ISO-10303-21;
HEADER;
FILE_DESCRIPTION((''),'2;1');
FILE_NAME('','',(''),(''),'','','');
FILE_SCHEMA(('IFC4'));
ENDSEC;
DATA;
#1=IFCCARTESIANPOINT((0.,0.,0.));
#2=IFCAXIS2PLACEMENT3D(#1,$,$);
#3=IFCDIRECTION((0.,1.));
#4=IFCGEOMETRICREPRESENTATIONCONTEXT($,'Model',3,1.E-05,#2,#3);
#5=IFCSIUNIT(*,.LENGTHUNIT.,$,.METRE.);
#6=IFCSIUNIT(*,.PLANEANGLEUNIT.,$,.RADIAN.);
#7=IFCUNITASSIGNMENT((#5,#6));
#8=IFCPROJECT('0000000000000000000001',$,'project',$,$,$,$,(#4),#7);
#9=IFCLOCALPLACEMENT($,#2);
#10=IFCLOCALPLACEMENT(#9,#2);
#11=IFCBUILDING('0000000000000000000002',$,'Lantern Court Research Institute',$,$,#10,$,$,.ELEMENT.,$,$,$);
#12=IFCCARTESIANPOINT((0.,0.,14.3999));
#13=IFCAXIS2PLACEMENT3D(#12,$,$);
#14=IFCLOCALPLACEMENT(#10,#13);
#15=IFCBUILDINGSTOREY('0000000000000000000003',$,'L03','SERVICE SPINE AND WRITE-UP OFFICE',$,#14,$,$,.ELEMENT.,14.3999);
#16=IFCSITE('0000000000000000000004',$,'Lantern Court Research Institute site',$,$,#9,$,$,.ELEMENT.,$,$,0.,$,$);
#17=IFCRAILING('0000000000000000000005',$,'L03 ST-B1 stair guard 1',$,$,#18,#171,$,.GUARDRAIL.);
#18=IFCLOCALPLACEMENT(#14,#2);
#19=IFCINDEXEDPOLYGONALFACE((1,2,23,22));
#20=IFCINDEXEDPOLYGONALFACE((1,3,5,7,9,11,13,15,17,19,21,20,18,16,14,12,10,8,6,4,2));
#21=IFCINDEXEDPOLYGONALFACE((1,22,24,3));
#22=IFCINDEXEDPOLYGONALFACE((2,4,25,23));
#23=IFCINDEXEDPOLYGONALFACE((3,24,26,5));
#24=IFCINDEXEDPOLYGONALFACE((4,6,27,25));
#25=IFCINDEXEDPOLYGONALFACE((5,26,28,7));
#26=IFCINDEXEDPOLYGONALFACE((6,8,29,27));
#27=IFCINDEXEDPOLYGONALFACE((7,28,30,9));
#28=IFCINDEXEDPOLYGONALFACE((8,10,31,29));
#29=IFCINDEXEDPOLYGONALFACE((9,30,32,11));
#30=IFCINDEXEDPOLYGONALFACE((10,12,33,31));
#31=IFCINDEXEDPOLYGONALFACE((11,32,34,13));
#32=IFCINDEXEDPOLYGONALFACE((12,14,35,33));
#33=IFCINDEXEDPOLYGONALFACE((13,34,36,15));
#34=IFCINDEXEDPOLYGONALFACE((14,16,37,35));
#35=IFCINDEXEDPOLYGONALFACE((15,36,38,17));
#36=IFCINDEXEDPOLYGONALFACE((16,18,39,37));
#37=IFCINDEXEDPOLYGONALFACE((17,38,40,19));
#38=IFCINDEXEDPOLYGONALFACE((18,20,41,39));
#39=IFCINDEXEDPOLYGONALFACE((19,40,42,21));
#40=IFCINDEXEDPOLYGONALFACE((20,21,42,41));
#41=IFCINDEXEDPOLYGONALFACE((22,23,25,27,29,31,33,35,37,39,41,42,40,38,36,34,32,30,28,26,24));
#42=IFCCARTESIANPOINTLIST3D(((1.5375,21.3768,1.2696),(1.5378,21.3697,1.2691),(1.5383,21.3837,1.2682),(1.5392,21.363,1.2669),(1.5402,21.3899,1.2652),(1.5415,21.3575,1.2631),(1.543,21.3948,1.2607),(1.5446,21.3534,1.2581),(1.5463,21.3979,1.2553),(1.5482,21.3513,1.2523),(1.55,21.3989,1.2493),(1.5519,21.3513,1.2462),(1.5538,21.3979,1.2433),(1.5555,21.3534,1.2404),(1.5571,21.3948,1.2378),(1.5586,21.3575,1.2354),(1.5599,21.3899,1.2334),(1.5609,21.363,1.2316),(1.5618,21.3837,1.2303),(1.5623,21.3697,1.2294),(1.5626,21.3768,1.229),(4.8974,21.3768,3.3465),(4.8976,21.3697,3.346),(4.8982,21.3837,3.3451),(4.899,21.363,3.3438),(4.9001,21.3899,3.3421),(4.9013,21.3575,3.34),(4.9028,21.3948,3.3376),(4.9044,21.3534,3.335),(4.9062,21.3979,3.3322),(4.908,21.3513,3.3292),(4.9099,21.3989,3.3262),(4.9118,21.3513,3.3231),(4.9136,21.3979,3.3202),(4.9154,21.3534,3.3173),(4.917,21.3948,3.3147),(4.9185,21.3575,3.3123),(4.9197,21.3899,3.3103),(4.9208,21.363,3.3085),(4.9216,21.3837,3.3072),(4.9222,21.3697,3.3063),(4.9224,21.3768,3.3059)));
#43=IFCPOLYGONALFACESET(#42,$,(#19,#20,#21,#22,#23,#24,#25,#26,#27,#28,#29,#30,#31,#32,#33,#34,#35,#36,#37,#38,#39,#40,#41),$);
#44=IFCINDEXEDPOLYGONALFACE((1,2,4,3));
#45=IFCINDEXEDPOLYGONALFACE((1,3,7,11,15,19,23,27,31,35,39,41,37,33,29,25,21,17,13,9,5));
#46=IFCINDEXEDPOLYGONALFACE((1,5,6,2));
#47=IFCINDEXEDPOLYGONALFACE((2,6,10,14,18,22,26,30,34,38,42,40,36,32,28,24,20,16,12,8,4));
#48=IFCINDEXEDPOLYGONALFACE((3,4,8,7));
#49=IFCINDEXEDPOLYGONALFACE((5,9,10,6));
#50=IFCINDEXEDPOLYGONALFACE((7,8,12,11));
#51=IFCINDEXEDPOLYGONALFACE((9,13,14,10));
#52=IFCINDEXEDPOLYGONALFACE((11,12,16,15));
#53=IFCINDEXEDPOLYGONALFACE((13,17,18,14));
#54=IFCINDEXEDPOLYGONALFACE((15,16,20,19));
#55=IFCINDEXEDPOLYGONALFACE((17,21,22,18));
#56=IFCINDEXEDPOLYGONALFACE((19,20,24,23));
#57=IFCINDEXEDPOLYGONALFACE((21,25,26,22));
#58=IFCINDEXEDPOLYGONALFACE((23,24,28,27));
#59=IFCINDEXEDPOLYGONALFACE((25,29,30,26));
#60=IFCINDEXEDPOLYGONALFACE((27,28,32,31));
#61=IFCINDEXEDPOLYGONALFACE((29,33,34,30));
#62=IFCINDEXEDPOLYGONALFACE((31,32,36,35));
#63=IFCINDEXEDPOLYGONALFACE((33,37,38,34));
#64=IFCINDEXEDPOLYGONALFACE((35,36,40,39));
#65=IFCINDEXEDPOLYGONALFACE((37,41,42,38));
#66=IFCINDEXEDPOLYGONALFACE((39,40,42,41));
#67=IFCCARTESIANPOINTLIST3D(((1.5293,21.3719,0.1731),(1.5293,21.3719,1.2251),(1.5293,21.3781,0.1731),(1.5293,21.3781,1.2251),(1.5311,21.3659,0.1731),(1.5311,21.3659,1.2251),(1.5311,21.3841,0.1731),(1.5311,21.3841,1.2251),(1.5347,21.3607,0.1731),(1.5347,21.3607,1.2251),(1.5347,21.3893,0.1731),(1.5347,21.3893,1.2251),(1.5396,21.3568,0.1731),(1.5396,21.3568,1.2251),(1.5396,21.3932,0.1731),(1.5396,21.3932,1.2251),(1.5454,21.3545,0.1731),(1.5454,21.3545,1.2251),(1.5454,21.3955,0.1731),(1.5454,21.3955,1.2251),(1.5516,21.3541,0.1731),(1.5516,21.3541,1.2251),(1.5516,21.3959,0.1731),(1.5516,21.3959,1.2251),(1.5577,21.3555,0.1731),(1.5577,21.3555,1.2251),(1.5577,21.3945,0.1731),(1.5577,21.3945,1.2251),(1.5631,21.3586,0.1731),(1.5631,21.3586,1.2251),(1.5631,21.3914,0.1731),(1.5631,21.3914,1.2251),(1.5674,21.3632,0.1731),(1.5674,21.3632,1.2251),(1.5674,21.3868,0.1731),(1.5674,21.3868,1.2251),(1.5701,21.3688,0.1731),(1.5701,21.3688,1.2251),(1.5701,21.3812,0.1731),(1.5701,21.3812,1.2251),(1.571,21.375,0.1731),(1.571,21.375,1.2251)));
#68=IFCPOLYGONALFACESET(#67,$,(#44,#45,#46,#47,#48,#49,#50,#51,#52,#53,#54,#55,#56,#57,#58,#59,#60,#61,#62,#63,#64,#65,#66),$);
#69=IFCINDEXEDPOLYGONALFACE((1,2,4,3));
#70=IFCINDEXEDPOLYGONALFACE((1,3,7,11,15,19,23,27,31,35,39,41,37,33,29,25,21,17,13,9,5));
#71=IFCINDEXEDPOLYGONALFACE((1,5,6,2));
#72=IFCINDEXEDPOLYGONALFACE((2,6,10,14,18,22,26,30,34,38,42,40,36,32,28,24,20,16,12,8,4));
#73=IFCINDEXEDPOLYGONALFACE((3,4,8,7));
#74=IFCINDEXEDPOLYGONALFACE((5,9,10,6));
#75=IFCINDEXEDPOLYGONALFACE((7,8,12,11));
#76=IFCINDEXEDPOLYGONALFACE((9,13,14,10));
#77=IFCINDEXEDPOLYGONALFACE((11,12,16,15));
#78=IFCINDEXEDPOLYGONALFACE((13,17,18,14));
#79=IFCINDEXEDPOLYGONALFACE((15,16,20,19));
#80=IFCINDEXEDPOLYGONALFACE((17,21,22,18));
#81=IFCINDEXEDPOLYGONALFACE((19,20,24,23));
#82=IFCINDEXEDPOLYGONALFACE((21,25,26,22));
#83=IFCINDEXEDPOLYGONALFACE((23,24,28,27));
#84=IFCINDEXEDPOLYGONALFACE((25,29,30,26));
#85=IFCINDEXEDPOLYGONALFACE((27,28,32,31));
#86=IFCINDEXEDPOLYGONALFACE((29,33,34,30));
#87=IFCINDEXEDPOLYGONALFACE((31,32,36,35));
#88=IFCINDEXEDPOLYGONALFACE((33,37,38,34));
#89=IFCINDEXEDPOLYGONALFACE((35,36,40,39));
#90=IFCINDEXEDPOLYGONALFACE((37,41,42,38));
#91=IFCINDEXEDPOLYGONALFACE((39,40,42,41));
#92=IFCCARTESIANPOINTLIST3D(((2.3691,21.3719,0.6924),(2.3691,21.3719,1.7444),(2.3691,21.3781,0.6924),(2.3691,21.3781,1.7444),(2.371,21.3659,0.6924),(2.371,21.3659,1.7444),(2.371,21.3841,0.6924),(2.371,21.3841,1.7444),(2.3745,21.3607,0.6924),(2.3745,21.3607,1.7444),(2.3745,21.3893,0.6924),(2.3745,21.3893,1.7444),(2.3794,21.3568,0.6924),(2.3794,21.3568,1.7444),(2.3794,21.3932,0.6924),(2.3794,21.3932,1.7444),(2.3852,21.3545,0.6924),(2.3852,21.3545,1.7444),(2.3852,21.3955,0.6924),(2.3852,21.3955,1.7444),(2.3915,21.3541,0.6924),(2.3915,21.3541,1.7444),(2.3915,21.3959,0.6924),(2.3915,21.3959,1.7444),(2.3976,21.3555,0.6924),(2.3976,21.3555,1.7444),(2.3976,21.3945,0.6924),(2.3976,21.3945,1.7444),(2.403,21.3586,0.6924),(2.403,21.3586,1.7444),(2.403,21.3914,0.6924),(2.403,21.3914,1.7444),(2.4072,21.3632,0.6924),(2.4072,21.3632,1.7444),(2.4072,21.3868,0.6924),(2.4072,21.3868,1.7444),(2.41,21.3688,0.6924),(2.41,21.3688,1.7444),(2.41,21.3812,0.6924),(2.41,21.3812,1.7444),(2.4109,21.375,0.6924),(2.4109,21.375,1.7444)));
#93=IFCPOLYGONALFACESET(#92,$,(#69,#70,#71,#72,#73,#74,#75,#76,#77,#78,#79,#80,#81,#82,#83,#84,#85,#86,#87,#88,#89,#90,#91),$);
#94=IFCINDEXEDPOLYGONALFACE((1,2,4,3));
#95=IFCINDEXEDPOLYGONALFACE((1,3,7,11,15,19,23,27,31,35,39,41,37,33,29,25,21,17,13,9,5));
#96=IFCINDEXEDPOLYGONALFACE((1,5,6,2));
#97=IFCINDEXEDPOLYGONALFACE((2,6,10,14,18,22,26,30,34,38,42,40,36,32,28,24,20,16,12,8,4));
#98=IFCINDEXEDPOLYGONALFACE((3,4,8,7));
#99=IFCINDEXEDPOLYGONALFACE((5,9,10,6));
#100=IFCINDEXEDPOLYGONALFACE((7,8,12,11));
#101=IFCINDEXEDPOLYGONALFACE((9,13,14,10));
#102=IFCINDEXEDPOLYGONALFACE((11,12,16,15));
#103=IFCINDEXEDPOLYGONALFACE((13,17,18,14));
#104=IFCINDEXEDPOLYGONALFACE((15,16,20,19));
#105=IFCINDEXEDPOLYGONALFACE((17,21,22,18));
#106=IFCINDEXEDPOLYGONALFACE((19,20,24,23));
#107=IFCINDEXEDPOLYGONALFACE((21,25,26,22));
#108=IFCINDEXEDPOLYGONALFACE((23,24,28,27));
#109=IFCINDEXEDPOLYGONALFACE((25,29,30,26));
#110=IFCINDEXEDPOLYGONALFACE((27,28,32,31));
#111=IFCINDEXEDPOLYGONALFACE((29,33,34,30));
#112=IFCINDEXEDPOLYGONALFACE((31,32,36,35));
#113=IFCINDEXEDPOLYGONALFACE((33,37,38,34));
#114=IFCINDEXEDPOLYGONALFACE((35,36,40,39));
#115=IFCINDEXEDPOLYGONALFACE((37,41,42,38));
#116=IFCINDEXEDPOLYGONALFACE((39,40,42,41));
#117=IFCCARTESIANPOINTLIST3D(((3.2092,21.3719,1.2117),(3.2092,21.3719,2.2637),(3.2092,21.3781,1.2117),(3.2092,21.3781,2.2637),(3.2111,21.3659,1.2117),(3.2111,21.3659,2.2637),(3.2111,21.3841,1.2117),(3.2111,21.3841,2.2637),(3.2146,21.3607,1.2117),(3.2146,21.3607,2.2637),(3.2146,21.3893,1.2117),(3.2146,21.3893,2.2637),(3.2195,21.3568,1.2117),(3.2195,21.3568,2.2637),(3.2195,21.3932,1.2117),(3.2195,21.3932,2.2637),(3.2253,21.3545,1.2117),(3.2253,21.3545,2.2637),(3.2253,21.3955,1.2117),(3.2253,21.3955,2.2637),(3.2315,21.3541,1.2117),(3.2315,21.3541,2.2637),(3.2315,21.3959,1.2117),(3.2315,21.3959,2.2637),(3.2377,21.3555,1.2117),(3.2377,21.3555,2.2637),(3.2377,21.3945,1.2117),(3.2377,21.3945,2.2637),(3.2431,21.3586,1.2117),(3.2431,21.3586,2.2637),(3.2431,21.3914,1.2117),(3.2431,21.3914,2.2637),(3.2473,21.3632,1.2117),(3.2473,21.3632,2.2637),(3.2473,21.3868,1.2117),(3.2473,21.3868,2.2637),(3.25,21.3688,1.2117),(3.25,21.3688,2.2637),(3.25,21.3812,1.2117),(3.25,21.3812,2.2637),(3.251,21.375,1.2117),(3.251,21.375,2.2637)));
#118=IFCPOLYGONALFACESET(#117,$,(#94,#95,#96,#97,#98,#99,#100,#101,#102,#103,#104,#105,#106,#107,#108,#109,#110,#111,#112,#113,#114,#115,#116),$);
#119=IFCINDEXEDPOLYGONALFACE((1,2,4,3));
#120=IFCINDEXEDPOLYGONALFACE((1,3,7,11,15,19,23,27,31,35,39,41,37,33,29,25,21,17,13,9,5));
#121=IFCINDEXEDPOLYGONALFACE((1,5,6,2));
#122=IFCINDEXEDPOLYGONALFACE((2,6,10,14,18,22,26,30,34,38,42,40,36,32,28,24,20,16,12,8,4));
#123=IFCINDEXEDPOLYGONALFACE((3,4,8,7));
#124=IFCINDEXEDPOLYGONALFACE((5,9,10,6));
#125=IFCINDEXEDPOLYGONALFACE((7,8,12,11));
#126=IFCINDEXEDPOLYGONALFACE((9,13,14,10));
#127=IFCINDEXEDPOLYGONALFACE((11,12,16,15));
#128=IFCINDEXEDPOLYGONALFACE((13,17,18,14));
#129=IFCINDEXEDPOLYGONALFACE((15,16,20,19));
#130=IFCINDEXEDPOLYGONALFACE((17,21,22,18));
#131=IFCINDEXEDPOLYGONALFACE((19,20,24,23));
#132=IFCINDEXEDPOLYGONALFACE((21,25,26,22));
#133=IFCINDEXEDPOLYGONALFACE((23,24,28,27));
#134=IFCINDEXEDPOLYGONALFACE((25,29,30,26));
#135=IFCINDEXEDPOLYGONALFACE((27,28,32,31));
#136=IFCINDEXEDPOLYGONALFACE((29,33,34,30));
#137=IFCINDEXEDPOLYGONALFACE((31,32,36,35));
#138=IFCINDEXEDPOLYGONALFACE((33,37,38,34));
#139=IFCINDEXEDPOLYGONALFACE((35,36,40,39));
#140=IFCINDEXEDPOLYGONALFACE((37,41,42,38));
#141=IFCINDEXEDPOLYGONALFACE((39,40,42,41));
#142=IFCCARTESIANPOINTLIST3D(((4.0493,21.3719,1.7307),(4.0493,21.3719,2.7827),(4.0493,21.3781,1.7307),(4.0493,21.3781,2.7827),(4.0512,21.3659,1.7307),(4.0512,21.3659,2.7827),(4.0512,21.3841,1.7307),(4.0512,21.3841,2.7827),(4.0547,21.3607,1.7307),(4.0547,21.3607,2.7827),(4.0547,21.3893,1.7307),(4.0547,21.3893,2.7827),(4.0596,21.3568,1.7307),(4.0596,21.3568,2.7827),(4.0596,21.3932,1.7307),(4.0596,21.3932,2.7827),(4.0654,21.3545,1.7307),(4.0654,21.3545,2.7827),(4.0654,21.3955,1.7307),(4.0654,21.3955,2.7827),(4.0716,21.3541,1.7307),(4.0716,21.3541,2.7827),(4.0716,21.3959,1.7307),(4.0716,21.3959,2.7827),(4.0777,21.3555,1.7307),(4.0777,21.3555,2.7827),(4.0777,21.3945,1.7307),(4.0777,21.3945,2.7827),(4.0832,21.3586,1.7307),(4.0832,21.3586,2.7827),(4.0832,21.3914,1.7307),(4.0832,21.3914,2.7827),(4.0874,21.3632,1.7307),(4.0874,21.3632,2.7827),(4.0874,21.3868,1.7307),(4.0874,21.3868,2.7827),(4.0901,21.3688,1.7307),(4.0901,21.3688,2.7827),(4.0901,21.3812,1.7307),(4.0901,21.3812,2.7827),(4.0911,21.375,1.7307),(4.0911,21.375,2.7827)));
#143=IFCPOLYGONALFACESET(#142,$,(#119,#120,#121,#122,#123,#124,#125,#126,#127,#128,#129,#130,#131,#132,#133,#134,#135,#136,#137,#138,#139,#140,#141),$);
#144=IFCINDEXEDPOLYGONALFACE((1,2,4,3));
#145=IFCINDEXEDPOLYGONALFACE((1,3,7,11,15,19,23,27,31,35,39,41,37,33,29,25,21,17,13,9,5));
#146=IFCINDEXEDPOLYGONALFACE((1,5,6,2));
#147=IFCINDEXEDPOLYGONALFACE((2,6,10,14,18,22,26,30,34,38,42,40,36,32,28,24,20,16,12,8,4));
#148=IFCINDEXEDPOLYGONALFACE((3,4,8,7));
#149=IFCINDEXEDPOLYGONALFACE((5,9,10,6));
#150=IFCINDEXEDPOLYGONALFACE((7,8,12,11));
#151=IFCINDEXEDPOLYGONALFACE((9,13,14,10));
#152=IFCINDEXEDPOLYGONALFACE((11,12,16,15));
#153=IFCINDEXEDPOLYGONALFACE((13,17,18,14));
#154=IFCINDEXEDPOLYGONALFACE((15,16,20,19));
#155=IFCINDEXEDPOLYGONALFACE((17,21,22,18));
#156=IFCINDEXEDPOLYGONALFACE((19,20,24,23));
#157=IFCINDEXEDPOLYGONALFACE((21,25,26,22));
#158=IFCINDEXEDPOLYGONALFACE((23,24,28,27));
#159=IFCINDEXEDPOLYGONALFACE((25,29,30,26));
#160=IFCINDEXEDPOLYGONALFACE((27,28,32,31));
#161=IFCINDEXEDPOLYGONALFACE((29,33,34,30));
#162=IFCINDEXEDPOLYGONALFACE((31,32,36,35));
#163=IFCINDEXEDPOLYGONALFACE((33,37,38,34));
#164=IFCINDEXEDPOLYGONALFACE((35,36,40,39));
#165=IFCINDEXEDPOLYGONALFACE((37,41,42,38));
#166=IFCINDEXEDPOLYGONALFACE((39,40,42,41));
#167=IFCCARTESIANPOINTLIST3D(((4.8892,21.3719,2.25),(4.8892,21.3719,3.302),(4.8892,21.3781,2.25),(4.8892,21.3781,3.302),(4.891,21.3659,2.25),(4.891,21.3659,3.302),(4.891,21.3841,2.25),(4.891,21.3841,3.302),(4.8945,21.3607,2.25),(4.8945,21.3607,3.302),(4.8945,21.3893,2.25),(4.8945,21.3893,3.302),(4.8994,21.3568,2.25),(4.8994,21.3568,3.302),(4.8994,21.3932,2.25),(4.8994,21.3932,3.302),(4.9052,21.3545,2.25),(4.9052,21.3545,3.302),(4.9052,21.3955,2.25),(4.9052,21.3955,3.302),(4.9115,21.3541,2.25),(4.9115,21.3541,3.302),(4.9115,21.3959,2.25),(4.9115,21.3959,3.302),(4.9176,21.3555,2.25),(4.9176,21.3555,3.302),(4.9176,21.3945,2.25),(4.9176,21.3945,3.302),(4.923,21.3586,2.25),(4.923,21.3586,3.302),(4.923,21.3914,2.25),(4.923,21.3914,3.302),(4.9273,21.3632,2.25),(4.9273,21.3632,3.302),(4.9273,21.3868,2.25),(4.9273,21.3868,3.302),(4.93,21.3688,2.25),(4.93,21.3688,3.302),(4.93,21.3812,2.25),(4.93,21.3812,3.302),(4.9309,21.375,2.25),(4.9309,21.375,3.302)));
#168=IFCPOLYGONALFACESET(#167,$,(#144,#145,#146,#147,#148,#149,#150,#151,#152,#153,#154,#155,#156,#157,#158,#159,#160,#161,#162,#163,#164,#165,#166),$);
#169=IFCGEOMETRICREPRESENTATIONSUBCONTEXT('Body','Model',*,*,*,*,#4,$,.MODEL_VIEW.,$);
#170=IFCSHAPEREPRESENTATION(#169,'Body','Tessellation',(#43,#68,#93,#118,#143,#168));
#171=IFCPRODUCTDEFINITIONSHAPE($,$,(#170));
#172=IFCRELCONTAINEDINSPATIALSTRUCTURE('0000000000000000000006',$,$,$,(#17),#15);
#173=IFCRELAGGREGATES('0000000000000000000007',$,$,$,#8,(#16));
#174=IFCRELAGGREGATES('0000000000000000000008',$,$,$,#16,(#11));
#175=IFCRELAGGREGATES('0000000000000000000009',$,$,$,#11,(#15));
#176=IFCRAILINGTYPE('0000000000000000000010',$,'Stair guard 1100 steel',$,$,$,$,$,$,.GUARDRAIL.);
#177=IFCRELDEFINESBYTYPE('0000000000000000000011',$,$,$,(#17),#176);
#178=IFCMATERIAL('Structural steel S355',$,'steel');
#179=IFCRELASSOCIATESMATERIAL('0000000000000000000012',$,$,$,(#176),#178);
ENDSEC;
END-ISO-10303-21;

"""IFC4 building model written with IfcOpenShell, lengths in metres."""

from ifc_helpers import new_model, si_unit, direction, frame, origin, origin_2d, place, context, subcontext, project, spatial, circle, extrude, material, type_object, element, save


model = new_model("IFC4")

# Units and contexts
model_context = context("Model", 3, precision=1e-05, world=origin(), true_north=direction((0.0, 1.0)))
body_context = subcontext(model_context, "Body", "Model", "MODEL_VIEW")
ifc_project = project(units=[si_unit("LENGTHUNIT", "METRE"), si_unit("PLANEANGLEUNIT", "RADIAN")], contexts=[model_context])

# Site, building, storey
site_placement = place(None, origin())
site = spatial("IfcSite", under=ifc_project, at=site_placement, Name="Lantern Court Research Institute site", CompositionType="ELEMENT", RefElevation=0.0)
building_placement = place(site_placement, origin())
building = spatial("IfcBuilding", under=site, at=building_placement, Name="Lantern Court Research Institute", CompositionType="ELEMENT")
storey_placement = place(building_placement, frame((0.0, 0.0, 14.3999)))
storey = spatial("IfcBuildingStorey", under=building, at=storey_placement, Name="L03", Description="SERVICE SPINE AND WRITE-UP OFFICE", CompositionType="ELEMENT", Elevation=14.3999)

# Railing
ifc_material_1 = material(Name="Structural steel S355", Category="steel")
railing_type_1 = type_object("IfcRailingType", Name="Stair guard 1100 steel", PredefinedType="GUARDRAIL", material=ifc_material_1)
railing_1_placement = place(storey_placement, frame((1.55, 21.375, 0.1731)))
element("IfcRailing", 1, at=railing_1_placement, inside=storey, type_object=railing_type_1, Name="L03 ST-B1 stair guard 1", PredefinedType="GUARDRAIL", context=body_context, shape_type="SweptSolid", body=[
    extrude(circle(Radius=0.0239, at=origin_2d()), frame((0.0, 0.0, 1.0762), z_axis=(0.850606, 0.0, 0.525803), x_axis=(0.0, 1.0, 0.0)), (0.0, 0.0, 1.0), 3.95),
    extrude(circle(Radius=0.021, at=origin_2d()), origin(), (0.0, 0.0, 1.0), 1.052),
    extrude(circle(Radius=0.021, at=origin_2d()), frame((0.8398, 0.0, 0.5193)), (0.0, 0.0, 1.0), 1.052),
    extrude(circle(Radius=0.021, at=origin_2d()), frame((1.6799, 0.0, 1.0386)), (0.0, 0.0, 1.0), 1.052),
    extrude(circle(Radius=0.021, at=origin_2d()), frame((2.52, 0.0, 1.5576)), (0.0, 0.0, 1.0), 1.052),
    extrude(circle(Radius=0.021, at=origin_2d()), frame((3.3599, 0.0, 2.0769)), (0.0, 0.0, 1.0), 1.052),
])

save(model, "model.ifc")
